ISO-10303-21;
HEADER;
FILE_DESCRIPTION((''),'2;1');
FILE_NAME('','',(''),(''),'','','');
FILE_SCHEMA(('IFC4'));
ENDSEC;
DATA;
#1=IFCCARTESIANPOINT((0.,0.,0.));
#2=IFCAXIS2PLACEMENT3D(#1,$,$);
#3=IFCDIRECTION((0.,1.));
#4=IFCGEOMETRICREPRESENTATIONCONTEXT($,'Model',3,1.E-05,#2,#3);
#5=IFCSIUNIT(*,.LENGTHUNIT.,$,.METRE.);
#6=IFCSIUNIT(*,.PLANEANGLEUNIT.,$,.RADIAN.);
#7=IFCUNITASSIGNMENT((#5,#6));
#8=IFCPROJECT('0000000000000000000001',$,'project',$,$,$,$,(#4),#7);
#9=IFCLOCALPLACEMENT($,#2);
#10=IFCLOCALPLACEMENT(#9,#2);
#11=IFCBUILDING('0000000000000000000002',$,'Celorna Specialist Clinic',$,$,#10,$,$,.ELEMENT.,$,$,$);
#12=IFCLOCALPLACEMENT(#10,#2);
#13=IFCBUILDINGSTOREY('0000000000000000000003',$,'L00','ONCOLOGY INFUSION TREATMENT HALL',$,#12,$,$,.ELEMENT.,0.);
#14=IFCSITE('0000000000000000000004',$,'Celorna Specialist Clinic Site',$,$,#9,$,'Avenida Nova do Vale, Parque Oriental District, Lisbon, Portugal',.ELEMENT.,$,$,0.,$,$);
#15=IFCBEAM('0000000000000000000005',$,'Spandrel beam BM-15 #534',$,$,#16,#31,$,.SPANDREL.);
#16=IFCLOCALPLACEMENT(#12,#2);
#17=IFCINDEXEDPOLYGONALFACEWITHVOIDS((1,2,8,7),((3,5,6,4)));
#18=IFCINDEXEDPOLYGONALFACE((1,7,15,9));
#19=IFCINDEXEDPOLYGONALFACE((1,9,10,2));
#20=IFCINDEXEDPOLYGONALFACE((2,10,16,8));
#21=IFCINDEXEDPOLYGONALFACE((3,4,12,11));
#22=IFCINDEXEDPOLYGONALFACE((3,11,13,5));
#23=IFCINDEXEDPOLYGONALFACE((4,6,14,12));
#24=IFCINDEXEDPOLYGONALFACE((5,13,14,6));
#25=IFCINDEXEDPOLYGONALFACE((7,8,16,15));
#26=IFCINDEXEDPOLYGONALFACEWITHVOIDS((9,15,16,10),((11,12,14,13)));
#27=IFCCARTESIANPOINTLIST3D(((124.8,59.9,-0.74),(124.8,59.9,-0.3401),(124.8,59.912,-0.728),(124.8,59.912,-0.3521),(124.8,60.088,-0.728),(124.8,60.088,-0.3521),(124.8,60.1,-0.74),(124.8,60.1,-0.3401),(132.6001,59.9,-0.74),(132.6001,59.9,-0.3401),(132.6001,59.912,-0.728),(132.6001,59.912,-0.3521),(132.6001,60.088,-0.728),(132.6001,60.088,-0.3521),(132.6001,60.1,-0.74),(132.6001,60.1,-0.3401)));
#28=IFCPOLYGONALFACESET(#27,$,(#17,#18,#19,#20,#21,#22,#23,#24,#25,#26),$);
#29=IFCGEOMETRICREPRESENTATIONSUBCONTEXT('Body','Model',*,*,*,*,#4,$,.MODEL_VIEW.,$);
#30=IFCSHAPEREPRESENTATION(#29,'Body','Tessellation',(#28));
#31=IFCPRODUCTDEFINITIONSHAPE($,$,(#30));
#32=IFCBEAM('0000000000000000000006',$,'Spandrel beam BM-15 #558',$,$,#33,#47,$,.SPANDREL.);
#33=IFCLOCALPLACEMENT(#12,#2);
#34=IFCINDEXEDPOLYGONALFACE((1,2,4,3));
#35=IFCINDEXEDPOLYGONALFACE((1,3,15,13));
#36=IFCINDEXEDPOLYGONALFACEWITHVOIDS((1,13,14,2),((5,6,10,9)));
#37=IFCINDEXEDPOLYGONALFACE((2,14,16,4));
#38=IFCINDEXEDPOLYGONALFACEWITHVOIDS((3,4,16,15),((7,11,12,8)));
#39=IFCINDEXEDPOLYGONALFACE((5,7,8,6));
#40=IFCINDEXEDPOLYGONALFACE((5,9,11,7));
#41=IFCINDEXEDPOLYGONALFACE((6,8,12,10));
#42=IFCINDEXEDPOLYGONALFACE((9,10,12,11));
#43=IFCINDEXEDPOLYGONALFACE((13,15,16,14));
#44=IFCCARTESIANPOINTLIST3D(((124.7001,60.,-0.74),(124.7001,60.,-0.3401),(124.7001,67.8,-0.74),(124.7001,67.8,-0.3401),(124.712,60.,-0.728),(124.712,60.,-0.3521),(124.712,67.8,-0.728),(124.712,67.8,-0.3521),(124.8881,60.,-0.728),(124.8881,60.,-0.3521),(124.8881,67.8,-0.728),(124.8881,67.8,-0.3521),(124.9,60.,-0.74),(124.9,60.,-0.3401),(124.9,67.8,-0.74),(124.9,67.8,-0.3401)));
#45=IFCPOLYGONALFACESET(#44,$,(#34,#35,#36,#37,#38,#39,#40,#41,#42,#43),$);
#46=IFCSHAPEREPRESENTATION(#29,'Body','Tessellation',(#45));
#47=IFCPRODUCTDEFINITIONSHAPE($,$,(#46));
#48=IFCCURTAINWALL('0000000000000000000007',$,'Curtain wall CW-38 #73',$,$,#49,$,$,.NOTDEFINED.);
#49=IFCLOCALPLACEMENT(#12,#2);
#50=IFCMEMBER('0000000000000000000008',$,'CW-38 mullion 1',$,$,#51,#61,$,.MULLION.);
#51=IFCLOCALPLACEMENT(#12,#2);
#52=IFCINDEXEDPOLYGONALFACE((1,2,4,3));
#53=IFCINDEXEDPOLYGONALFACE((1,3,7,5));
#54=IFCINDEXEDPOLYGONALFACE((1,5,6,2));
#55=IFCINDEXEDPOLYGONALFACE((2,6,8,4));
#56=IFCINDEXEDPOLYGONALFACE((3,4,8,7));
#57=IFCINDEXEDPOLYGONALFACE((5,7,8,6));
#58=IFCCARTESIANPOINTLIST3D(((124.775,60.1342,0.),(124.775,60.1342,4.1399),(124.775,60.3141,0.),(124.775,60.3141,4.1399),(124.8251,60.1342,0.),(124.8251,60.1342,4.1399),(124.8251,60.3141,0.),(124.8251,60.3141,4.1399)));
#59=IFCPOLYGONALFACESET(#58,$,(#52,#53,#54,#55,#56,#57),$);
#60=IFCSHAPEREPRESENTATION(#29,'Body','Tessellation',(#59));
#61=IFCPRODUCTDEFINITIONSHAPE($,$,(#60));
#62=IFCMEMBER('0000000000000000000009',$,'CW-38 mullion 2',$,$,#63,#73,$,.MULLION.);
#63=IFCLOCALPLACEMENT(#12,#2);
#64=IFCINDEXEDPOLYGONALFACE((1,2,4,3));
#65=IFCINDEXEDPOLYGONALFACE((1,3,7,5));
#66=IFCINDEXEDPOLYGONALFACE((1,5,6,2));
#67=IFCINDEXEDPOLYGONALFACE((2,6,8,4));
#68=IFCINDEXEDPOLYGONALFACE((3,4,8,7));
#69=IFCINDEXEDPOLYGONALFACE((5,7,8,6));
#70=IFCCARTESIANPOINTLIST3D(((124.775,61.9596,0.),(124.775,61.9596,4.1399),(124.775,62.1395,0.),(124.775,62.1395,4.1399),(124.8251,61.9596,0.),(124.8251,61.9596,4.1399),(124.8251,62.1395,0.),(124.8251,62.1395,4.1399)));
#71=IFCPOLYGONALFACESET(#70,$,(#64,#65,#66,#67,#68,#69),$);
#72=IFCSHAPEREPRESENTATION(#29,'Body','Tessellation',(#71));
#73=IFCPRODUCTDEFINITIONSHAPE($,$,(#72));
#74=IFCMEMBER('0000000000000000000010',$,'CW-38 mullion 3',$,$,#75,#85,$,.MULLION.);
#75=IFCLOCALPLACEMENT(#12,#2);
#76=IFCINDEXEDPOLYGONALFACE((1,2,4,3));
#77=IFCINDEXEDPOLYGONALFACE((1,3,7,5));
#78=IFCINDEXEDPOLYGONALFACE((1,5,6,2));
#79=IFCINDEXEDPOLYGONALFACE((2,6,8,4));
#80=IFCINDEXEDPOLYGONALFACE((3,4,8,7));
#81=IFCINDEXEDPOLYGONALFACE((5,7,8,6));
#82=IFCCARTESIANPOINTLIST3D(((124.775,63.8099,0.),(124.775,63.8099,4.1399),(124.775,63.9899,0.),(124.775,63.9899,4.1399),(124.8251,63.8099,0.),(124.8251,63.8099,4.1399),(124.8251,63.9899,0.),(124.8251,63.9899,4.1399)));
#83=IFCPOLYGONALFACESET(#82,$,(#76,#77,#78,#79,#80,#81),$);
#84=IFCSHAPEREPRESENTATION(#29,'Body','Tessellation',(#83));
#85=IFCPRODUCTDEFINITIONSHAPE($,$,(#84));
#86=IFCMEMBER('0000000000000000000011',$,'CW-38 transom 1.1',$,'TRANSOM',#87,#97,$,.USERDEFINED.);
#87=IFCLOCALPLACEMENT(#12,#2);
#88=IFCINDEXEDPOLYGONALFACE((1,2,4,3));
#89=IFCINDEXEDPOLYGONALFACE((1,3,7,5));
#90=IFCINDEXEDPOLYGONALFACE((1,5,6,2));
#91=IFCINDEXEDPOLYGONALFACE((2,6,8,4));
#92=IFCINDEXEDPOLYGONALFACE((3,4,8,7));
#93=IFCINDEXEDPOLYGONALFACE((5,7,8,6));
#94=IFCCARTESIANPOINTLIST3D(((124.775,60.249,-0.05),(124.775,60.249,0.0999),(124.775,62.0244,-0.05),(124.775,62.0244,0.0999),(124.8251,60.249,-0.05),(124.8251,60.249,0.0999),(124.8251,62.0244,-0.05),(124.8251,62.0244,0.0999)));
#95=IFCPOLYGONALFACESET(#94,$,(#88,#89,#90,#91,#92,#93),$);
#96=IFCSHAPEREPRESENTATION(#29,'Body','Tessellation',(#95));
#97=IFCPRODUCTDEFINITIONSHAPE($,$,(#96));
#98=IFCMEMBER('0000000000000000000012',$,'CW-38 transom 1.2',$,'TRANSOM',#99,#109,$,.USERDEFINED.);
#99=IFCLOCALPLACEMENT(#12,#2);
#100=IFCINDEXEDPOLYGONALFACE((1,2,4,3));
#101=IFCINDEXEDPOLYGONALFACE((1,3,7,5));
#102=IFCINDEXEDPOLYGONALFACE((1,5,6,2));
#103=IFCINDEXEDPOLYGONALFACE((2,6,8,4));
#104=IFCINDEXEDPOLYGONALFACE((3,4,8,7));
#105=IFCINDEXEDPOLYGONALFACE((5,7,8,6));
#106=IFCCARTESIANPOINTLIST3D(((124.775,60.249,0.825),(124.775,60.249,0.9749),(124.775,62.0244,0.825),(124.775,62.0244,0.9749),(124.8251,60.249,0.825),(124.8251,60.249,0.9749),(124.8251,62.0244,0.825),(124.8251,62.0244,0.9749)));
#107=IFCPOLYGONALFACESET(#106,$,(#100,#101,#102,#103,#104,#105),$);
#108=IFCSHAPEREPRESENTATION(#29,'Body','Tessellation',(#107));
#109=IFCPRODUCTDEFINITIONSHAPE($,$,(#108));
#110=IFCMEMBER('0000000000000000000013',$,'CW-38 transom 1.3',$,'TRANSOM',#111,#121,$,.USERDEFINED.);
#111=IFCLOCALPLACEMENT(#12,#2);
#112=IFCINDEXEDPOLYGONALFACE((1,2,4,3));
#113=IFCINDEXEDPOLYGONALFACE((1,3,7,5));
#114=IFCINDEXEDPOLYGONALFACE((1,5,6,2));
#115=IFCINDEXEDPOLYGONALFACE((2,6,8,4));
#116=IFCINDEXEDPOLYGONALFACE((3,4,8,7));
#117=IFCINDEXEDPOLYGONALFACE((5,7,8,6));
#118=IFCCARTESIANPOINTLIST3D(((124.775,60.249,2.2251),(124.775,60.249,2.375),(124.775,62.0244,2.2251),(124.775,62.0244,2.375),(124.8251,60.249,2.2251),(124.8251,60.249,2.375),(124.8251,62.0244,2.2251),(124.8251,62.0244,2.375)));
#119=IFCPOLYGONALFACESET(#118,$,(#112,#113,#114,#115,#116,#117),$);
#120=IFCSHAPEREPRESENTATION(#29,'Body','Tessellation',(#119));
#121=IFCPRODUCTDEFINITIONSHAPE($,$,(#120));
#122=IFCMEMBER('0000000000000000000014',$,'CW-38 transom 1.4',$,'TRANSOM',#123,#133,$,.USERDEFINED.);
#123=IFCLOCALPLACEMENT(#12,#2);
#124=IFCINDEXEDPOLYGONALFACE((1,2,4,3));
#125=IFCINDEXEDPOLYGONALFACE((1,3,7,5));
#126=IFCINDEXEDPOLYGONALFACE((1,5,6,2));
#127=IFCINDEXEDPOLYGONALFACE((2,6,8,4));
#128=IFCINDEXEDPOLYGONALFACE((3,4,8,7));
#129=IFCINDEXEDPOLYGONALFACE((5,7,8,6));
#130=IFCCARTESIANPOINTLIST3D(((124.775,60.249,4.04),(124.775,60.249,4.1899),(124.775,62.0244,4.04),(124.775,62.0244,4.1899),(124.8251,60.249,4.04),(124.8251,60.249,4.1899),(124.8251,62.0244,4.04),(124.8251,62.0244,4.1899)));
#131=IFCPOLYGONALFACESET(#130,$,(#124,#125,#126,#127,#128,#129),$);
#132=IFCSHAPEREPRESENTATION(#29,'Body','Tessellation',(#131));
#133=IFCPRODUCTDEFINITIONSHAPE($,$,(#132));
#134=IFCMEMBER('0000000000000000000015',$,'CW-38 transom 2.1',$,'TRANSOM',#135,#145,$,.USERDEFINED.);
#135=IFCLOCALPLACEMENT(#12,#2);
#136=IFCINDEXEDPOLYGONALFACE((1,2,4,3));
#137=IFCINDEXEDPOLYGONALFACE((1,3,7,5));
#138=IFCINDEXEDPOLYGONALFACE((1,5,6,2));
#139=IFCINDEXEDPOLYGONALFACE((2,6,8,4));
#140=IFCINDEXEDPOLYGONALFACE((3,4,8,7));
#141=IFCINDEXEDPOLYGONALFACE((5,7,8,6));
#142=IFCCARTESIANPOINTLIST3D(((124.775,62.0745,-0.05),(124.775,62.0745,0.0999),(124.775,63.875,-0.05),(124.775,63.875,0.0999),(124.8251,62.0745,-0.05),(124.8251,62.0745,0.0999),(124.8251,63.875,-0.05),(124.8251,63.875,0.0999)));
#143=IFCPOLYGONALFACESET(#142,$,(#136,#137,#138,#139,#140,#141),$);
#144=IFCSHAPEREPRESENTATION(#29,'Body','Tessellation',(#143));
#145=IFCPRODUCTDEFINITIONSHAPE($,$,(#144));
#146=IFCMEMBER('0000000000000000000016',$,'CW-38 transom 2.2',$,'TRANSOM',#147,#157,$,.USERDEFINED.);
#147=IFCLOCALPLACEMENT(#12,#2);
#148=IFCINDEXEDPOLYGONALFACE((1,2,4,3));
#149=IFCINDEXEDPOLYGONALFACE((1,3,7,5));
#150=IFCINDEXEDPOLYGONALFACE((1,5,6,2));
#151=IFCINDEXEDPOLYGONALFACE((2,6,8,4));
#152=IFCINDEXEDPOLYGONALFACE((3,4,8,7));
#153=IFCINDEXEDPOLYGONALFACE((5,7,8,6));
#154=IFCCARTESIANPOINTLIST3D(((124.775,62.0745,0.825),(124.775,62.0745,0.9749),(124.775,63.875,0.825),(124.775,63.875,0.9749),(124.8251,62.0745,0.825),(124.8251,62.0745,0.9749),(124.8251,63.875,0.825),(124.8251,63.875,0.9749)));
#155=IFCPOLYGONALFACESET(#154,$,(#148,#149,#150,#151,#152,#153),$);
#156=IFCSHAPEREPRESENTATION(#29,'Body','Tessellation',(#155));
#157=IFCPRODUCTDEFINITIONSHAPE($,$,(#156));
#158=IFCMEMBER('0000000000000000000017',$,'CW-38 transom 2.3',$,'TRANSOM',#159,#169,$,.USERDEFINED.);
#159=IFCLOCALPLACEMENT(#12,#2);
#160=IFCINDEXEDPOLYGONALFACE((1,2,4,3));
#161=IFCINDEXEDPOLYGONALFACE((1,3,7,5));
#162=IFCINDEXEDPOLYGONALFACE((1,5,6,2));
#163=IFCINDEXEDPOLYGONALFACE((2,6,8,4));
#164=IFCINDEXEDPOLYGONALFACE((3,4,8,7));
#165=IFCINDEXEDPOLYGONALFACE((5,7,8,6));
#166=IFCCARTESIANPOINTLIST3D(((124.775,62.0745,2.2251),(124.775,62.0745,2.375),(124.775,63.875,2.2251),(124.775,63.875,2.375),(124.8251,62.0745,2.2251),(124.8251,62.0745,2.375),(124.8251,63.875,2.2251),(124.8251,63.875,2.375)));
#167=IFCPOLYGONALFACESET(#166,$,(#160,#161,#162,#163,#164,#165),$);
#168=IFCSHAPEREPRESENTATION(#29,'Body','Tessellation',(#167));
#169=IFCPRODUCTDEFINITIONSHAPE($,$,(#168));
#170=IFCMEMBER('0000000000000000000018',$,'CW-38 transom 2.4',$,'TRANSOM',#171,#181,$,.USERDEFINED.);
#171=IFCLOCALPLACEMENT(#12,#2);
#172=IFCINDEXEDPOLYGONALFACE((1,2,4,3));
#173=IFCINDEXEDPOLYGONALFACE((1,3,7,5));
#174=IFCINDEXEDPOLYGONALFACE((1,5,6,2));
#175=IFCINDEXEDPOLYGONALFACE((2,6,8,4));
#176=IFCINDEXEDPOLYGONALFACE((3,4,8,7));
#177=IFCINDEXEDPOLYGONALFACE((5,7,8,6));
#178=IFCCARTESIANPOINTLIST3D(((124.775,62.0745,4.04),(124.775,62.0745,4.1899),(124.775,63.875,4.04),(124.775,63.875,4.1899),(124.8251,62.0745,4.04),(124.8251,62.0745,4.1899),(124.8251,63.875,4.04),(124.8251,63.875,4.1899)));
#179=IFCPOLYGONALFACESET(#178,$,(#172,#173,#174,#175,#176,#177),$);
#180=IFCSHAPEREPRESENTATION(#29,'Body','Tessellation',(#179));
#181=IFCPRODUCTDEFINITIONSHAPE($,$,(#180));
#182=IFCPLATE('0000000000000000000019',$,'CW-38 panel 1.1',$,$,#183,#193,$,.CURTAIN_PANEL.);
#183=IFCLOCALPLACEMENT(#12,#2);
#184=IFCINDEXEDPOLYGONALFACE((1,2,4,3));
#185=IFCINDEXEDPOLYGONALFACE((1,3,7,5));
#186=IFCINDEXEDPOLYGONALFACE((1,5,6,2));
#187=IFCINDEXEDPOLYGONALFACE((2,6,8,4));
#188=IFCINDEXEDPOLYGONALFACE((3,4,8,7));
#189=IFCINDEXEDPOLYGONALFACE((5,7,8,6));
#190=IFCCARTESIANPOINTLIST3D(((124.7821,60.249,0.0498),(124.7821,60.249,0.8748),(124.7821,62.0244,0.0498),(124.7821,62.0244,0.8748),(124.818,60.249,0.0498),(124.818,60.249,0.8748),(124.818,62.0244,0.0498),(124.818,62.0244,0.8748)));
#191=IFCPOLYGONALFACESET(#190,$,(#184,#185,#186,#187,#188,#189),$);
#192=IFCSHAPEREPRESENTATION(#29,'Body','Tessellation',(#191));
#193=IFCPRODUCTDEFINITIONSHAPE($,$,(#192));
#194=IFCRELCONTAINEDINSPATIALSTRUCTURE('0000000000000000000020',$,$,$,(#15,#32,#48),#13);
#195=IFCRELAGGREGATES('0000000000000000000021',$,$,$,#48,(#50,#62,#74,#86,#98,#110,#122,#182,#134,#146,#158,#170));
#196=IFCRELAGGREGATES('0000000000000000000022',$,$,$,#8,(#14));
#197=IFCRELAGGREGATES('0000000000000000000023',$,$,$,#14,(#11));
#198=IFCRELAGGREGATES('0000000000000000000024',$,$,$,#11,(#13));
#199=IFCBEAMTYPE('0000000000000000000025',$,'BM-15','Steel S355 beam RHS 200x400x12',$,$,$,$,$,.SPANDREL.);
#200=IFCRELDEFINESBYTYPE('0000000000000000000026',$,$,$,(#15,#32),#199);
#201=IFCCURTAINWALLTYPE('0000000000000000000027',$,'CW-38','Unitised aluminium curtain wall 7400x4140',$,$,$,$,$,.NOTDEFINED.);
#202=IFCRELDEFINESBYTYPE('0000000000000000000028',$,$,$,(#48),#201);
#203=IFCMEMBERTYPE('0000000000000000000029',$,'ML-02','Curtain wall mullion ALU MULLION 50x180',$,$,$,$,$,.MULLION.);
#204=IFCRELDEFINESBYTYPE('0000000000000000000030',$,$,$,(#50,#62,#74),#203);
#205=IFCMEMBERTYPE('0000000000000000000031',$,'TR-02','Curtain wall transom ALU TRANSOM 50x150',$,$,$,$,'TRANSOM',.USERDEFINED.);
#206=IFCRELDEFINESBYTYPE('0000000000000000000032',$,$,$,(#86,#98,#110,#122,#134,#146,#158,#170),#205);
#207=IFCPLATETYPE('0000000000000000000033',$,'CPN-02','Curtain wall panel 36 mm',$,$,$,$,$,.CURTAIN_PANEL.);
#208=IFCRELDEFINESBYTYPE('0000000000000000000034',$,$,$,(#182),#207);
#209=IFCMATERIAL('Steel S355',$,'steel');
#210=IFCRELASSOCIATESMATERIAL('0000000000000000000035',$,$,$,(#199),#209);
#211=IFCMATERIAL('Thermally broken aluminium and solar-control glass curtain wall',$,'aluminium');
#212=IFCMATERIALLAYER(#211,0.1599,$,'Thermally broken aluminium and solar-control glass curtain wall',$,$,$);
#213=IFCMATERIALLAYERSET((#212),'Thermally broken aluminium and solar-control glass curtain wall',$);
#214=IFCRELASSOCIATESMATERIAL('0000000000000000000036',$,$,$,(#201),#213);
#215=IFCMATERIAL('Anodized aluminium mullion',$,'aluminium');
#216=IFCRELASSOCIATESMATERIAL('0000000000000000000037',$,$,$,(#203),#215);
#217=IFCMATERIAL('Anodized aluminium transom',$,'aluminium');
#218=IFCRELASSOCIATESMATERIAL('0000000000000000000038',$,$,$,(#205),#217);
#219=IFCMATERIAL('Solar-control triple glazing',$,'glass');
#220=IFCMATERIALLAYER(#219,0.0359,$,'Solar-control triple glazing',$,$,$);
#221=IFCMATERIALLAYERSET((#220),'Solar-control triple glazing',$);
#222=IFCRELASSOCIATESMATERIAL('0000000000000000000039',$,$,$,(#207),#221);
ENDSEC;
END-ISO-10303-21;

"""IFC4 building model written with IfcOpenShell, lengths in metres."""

from ifc_helpers import new_model, si_unit, direction, frame, origin, origin_2d, place, context, subcontext, project, spatial, rectangle, hollow_rectangle, extrude, material, layer, layer_set, material_profile, profile_set, type_object, element, aggregate, save


model = new_model("IFC4")

# Units and contexts
model_context = context("Model", 3, precision=1e-05, world=origin(), true_north=direction((0.0, 1.0)))
body_context = subcontext(model_context, "Body", "Model", "MODEL_VIEW")
ifc_project = project(units=[si_unit("LENGTHUNIT", "METRE"), si_unit("PLANEANGLEUNIT", "RADIAN")], contexts=[model_context])

# Site, building, storey
site_placement = place(None, origin())
site = spatial("IfcSite", under=ifc_project, at=site_placement, Name="Celorna Specialist Clinic Site", LongName="Avenida Nova do Vale, Parque Oriental District, Lisbon, Portugal", CompositionType="ELEMENT", RefElevation=0.0)
building_placement = place(site_placement, origin())
building = spatial("IfcBuilding", under=site, at=building_placement, Name="Celorna Specialist Clinic", CompositionType="ELEMENT")
storey_placement = place(building_placement, origin())
storey = spatial("IfcBuildingStorey", under=building, at=storey_placement, Name="L00", Description="ONCOLOGY INFUSION TREATMENT HALL", CompositionType="ELEMENT", Elevation=0.0)

# Shared definitions
ifc_material_1 = material(Name="Steel S355", Category="steel")

# Beams
ifc_material_profile_1 = material_profile(ifc_material_1, hollow_rectangle(XDim=0.2, YDim=0.3999, WallThickness=0.012, at=origin_2d()), Name="RHS 200x400x12")
ifc_profile_set_1 = profile_set([ifc_material_profile_1], Name="Steel S355")
beam_type_1 = type_object("IfcBeamType", Name="BM-15", Description="Steel S355 beam RHS 200x400x12", PredefinedType="SPANDREL", material=ifc_profile_set_1)
for number, where, z_axis, x_axis, name in (
    (1, (124.8, 60.0, -0.54), (1.0, 0.0, 0.0), (0.0, 1.0, 0.0), "Spandrel beam BM-15 #534"),
    (2, (124.8, 60.0, -0.54), (0.0, 1.0, 0.0), (-1.0, 0.0, 0.0), "Spandrel beam BM-15 #558"),
):
    element("IfcBeam", number, at=place(storey_placement, frame(where, z_axis=z_axis, x_axis=x_axis)), inside=storey, type_object=beam_type_1, Name=name, PredefinedType="SPANDREL", context=body_context, shape_type="SweptSolid", body=[
        extrude(hollow_rectangle(XDim=0.2, YDim=0.3999, WallThickness=0.012, at=origin_2d()), origin(), (0.0, 0.0, 1.0), 7.8),
    ])

# Curtain wall, members, plate
ifc_material_2 = material(Name="Thermally broken aluminium and solar-control glass curtain wall", Category="aluminium")
ifc_layer_1 = layer(ifc_material_2, 0.1599, Name="Thermally broken aluminium and solar-control glass curtain wall")
ifc_layer_set_1 = layer_set([ifc_layer_1], Name="Thermally broken aluminium and solar-control glass curtain wall")
curtain_wall_type = type_object("IfcCurtainWallType", Name="CW-38", Description="Unitised aluminium curtain wall 7400x4140", PredefinedType="NOTDEFINED", material=ifc_layer_set_1)
curtain_wall_placement = place(storey_placement, origin())
curtain_wall = element("IfcCurtainWall", 3, at=curtain_wall_placement, inside=storey, type_object=curtain_wall_type, Name="Curtain wall CW-38 #73", PredefinedType="NOTDEFINED")
ifc_material_3 = material(Name="Anodized aluminium mullion", Category="aluminium")
ifc_material_profile_2 = material_profile(ifc_material_3, rectangle(XDim=0.05, YDim=0.1799, at=origin_2d()), Name="ALU MULLION 50x180")
ifc_profile_set_2 = profile_set([ifc_material_profile_2], Name="Anodized aluminium mullion")
member_type_1 = type_object("IfcMemberType", Name="ML-02", Description="Curtain wall mullion ALU MULLION 50x180", PredefinedType="MULLION", material=ifc_profile_set_2)
member_1_placement = place(storey_placement, frame((124.8, 60.2241, 0.0), z_axis=(0.0, 0.0, 1.0), x_axis=(-1.0, 0.0, 0.0)))
member_1 = element("IfcMember", 4, at=member_1_placement, type_object=member_type_1, Name="CW-38 mullion 1", PredefinedType="MULLION", context=body_context, shape_type="SweptSolid", body=[
    extrude(rectangle(XDim=0.05, YDim=0.1799, at=origin_2d()), origin(), (0.0, 0.0, 1.0), 4.1399),
])
member_2_placement = place(storey_placement, frame((124.8, 62.0496, 0.0), z_axis=(0.0, 0.0, 1.0), x_axis=(-1.0, 0.0, 0.0)))
member_2 = element("IfcMember", 5, at=member_2_placement, type_object=member_type_1, Name="CW-38 mullion 2", PredefinedType="MULLION", context=body_context, shape_type="SweptSolid", body=[
    extrude(rectangle(XDim=0.05, YDim=0.1799, at=origin_2d()), origin(), (0.0, 0.0, 1.0), 4.1399),
])
member_3_placement = place(storey_placement, frame((124.8, 63.8999, 0.0), z_axis=(0.0, 0.0, 1.0), x_axis=(-1.0, 0.0, 0.0)))
member_3 = element("IfcMember", 6, at=member_3_placement, type_object=member_type_1, Name="CW-38 mullion 3", PredefinedType="MULLION", context=body_context, shape_type="SweptSolid", body=[
    extrude(rectangle(XDim=0.05, YDim=0.1799, at=origin_2d()), origin(), (0.0, 0.0, 1.0), 4.1399),
])
ifc_material_4 = material(Name="Anodized aluminium transom", Category="aluminium")
ifc_material_profile_3 = material_profile(ifc_material_4, rectangle(XDim=0.05, YDim=0.1499, at=origin_2d()), Name="ALU TRANSOM 50x150")
ifc_profile_set_3 = profile_set([ifc_material_profile_3], Name="Anodized aluminium transom")
member_type_2 = type_object("IfcMemberType", Name="TR-02", Description="Curtain wall transom ALU TRANSOM 50x150", ElementType="TRANSOM", PredefinedType="USERDEFINED", material=ifc_profile_set_3)
member_4_placement = place(storey_placement, frame((124.8, 60.249, 0.0249), z_axis=(0.0, 1.0, 0.0), x_axis=(-1.0, 0.0, 0.0)))
member_4 = element("IfcMember", 7, at=member_4_placement, type_object=member_type_2, Name="CW-38 transom 1.1", ObjectType="TRANSOM", PredefinedType="USERDEFINED", context=body_context, shape_type="SweptSolid", body=[
    extrude(rectangle(XDim=0.05, YDim=0.1499, at=origin_2d()), origin(), (0.0, 0.0, 1.0), 1.7754),
])
member_5_placement = place(storey_placement, frame((124.8, 60.249, 0.8999), z_axis=(0.0, 1.0, 0.0), x_axis=(-1.0, 0.0, 0.0)))
member_5 = element("IfcMember", 8, at=member_5_placement, type_object=member_type_2, Name="CW-38 transom 1.2", ObjectType="TRANSOM", PredefinedType="USERDEFINED", context=body_context, shape_type="SweptSolid", body=[
    extrude(rectangle(XDim=0.05, YDim=0.1499, at=origin_2d()), origin(), (0.0, 0.0, 1.0), 1.7754),
])
member_6_placement = place(storey_placement, frame((124.8, 60.249, 2.3), z_axis=(0.0, 1.0, 0.0), x_axis=(-1.0, 0.0, 0.0)))
member_6 = element("IfcMember", 9, at=member_6_placement, type_object=member_type_2, Name="CW-38 transom 1.3", ObjectType="TRANSOM", PredefinedType="USERDEFINED", context=body_context, shape_type="SweptSolid", body=[
    extrude(rectangle(XDim=0.05, YDim=0.1499, at=origin_2d()), origin(), (0.0, 0.0, 1.0), 1.7754),
])
member_7_placement = place(storey_placement, frame((124.8, 60.249, 4.115), z_axis=(0.0, 1.0, 0.0), x_axis=(-1.0, 0.0, 0.0)))
member_7 = element("IfcMember", 10, at=member_7_placement, type_object=member_type_2, Name="CW-38 transom 1.4", ObjectType="TRANSOM", PredefinedType="USERDEFINED", context=body_context, shape_type="SweptSolid", body=[
    extrude(rectangle(XDim=0.05, YDim=0.1499, at=origin_2d()), origin(), (0.0, 0.0, 1.0), 1.7754),
])
member_8_placement = place(storey_placement, frame((124.8, 62.0745, 0.0249), z_axis=(0.0, 1.0, 0.0), x_axis=(-1.0, 0.0, 0.0)))
member_8 = element("IfcMember", 11, at=member_8_placement, type_object=member_type_2, Name="CW-38 transom 2.1", ObjectType="TRANSOM", PredefinedType="USERDEFINED", context=body_context, shape_type="SweptSolid", body=[
    extrude(rectangle(XDim=0.05, YDim=0.1499, at=origin_2d()), origin(), (0.0, 0.0, 1.0), 1.8005),
])
member_9_placement = place(storey_placement, frame((124.8, 62.0745, 0.8999), z_axis=(0.0, 1.0, 0.0), x_axis=(-1.0, 0.0, 0.0)))
member_9 = element("IfcMember", 12, at=member_9_placement, type_object=member_type_2, Name="CW-38 transom 2.2", ObjectType="TRANSOM", PredefinedType="USERDEFINED", context=body_context, shape_type="SweptSolid", body=[
    extrude(rectangle(XDim=0.05, YDim=0.1499, at=origin_2d()), origin(), (0.0, 0.0, 1.0), 1.8005),
])
member_10_placement = place(storey_placement, frame((124.8, 62.0745, 2.3), z_axis=(0.0, 1.0, 0.0), x_axis=(-1.0, 0.0, 0.0)))
member_10 = element("IfcMember", 13, at=member_10_placement, type_object=member_type_2, Name="CW-38 transom 2.3", ObjectType="TRANSOM", PredefinedType="USERDEFINED", context=body_context, shape_type="SweptSolid", body=[
    extrude(rectangle(XDim=0.05, YDim=0.1499, at=origin_2d()), origin(), (0.0, 0.0, 1.0), 1.8005),
])
member_11_placement = place(storey_placement, frame((124.8, 62.0745, 4.115), z_axis=(0.0, 1.0, 0.0), x_axis=(-1.0, 0.0, 0.0)))
member_11 = element("IfcMember", 14, at=member_11_placement, type_object=member_type_2, Name="CW-38 transom 2.4", ObjectType="TRANSOM", PredefinedType="USERDEFINED", context=body_context, shape_type="SweptSolid", body=[
    extrude(rectangle(XDim=0.05, YDim=0.1499, at=origin_2d()), origin(), (0.0, 0.0, 1.0), 1.8005),
])
ifc_material_5 = material(Name="Solar-control triple glazing", Category="glass")
ifc_layer_2 = layer(ifc_material_5, 0.0359, Name="Solar-control triple glazing")
ifc_layer_set_2 = layer_set([ifc_layer_2], Name="Solar-control triple glazing")
plate_type_1 = type_object("IfcPlateType", Name="CPN-02", Description="Curtain wall panel 36 mm", PredefinedType="CURTAIN_PANEL", material=ifc_layer_set_2)
plate_1_placement = place(storey_placement, frame((124.8, 61.1367, 0.0498), z_axis=(0.0, 0.0, 1.0), x_axis=(0.0, 1.0, 0.0)))
plate_1 = element("IfcPlate", 15, at=plate_1_placement, type_object=plate_type_1, Name="CW-38 panel 1.1", PredefinedType="CURTAIN_PANEL", context=body_context, shape_type="SweptSolid", body=[
    extrude(rectangle(XDim=1.7754, YDim=0.0359, at=origin_2d()), origin(), (0.0, 0.0, 1.0), 0.825),
])
aggregate(curtain_wall, [member_1, member_2, member_3, member_4, member_5, member_6, member_7, plate_1, member_8, member_9, member_10, member_11])

save(model, "model.ifc")
